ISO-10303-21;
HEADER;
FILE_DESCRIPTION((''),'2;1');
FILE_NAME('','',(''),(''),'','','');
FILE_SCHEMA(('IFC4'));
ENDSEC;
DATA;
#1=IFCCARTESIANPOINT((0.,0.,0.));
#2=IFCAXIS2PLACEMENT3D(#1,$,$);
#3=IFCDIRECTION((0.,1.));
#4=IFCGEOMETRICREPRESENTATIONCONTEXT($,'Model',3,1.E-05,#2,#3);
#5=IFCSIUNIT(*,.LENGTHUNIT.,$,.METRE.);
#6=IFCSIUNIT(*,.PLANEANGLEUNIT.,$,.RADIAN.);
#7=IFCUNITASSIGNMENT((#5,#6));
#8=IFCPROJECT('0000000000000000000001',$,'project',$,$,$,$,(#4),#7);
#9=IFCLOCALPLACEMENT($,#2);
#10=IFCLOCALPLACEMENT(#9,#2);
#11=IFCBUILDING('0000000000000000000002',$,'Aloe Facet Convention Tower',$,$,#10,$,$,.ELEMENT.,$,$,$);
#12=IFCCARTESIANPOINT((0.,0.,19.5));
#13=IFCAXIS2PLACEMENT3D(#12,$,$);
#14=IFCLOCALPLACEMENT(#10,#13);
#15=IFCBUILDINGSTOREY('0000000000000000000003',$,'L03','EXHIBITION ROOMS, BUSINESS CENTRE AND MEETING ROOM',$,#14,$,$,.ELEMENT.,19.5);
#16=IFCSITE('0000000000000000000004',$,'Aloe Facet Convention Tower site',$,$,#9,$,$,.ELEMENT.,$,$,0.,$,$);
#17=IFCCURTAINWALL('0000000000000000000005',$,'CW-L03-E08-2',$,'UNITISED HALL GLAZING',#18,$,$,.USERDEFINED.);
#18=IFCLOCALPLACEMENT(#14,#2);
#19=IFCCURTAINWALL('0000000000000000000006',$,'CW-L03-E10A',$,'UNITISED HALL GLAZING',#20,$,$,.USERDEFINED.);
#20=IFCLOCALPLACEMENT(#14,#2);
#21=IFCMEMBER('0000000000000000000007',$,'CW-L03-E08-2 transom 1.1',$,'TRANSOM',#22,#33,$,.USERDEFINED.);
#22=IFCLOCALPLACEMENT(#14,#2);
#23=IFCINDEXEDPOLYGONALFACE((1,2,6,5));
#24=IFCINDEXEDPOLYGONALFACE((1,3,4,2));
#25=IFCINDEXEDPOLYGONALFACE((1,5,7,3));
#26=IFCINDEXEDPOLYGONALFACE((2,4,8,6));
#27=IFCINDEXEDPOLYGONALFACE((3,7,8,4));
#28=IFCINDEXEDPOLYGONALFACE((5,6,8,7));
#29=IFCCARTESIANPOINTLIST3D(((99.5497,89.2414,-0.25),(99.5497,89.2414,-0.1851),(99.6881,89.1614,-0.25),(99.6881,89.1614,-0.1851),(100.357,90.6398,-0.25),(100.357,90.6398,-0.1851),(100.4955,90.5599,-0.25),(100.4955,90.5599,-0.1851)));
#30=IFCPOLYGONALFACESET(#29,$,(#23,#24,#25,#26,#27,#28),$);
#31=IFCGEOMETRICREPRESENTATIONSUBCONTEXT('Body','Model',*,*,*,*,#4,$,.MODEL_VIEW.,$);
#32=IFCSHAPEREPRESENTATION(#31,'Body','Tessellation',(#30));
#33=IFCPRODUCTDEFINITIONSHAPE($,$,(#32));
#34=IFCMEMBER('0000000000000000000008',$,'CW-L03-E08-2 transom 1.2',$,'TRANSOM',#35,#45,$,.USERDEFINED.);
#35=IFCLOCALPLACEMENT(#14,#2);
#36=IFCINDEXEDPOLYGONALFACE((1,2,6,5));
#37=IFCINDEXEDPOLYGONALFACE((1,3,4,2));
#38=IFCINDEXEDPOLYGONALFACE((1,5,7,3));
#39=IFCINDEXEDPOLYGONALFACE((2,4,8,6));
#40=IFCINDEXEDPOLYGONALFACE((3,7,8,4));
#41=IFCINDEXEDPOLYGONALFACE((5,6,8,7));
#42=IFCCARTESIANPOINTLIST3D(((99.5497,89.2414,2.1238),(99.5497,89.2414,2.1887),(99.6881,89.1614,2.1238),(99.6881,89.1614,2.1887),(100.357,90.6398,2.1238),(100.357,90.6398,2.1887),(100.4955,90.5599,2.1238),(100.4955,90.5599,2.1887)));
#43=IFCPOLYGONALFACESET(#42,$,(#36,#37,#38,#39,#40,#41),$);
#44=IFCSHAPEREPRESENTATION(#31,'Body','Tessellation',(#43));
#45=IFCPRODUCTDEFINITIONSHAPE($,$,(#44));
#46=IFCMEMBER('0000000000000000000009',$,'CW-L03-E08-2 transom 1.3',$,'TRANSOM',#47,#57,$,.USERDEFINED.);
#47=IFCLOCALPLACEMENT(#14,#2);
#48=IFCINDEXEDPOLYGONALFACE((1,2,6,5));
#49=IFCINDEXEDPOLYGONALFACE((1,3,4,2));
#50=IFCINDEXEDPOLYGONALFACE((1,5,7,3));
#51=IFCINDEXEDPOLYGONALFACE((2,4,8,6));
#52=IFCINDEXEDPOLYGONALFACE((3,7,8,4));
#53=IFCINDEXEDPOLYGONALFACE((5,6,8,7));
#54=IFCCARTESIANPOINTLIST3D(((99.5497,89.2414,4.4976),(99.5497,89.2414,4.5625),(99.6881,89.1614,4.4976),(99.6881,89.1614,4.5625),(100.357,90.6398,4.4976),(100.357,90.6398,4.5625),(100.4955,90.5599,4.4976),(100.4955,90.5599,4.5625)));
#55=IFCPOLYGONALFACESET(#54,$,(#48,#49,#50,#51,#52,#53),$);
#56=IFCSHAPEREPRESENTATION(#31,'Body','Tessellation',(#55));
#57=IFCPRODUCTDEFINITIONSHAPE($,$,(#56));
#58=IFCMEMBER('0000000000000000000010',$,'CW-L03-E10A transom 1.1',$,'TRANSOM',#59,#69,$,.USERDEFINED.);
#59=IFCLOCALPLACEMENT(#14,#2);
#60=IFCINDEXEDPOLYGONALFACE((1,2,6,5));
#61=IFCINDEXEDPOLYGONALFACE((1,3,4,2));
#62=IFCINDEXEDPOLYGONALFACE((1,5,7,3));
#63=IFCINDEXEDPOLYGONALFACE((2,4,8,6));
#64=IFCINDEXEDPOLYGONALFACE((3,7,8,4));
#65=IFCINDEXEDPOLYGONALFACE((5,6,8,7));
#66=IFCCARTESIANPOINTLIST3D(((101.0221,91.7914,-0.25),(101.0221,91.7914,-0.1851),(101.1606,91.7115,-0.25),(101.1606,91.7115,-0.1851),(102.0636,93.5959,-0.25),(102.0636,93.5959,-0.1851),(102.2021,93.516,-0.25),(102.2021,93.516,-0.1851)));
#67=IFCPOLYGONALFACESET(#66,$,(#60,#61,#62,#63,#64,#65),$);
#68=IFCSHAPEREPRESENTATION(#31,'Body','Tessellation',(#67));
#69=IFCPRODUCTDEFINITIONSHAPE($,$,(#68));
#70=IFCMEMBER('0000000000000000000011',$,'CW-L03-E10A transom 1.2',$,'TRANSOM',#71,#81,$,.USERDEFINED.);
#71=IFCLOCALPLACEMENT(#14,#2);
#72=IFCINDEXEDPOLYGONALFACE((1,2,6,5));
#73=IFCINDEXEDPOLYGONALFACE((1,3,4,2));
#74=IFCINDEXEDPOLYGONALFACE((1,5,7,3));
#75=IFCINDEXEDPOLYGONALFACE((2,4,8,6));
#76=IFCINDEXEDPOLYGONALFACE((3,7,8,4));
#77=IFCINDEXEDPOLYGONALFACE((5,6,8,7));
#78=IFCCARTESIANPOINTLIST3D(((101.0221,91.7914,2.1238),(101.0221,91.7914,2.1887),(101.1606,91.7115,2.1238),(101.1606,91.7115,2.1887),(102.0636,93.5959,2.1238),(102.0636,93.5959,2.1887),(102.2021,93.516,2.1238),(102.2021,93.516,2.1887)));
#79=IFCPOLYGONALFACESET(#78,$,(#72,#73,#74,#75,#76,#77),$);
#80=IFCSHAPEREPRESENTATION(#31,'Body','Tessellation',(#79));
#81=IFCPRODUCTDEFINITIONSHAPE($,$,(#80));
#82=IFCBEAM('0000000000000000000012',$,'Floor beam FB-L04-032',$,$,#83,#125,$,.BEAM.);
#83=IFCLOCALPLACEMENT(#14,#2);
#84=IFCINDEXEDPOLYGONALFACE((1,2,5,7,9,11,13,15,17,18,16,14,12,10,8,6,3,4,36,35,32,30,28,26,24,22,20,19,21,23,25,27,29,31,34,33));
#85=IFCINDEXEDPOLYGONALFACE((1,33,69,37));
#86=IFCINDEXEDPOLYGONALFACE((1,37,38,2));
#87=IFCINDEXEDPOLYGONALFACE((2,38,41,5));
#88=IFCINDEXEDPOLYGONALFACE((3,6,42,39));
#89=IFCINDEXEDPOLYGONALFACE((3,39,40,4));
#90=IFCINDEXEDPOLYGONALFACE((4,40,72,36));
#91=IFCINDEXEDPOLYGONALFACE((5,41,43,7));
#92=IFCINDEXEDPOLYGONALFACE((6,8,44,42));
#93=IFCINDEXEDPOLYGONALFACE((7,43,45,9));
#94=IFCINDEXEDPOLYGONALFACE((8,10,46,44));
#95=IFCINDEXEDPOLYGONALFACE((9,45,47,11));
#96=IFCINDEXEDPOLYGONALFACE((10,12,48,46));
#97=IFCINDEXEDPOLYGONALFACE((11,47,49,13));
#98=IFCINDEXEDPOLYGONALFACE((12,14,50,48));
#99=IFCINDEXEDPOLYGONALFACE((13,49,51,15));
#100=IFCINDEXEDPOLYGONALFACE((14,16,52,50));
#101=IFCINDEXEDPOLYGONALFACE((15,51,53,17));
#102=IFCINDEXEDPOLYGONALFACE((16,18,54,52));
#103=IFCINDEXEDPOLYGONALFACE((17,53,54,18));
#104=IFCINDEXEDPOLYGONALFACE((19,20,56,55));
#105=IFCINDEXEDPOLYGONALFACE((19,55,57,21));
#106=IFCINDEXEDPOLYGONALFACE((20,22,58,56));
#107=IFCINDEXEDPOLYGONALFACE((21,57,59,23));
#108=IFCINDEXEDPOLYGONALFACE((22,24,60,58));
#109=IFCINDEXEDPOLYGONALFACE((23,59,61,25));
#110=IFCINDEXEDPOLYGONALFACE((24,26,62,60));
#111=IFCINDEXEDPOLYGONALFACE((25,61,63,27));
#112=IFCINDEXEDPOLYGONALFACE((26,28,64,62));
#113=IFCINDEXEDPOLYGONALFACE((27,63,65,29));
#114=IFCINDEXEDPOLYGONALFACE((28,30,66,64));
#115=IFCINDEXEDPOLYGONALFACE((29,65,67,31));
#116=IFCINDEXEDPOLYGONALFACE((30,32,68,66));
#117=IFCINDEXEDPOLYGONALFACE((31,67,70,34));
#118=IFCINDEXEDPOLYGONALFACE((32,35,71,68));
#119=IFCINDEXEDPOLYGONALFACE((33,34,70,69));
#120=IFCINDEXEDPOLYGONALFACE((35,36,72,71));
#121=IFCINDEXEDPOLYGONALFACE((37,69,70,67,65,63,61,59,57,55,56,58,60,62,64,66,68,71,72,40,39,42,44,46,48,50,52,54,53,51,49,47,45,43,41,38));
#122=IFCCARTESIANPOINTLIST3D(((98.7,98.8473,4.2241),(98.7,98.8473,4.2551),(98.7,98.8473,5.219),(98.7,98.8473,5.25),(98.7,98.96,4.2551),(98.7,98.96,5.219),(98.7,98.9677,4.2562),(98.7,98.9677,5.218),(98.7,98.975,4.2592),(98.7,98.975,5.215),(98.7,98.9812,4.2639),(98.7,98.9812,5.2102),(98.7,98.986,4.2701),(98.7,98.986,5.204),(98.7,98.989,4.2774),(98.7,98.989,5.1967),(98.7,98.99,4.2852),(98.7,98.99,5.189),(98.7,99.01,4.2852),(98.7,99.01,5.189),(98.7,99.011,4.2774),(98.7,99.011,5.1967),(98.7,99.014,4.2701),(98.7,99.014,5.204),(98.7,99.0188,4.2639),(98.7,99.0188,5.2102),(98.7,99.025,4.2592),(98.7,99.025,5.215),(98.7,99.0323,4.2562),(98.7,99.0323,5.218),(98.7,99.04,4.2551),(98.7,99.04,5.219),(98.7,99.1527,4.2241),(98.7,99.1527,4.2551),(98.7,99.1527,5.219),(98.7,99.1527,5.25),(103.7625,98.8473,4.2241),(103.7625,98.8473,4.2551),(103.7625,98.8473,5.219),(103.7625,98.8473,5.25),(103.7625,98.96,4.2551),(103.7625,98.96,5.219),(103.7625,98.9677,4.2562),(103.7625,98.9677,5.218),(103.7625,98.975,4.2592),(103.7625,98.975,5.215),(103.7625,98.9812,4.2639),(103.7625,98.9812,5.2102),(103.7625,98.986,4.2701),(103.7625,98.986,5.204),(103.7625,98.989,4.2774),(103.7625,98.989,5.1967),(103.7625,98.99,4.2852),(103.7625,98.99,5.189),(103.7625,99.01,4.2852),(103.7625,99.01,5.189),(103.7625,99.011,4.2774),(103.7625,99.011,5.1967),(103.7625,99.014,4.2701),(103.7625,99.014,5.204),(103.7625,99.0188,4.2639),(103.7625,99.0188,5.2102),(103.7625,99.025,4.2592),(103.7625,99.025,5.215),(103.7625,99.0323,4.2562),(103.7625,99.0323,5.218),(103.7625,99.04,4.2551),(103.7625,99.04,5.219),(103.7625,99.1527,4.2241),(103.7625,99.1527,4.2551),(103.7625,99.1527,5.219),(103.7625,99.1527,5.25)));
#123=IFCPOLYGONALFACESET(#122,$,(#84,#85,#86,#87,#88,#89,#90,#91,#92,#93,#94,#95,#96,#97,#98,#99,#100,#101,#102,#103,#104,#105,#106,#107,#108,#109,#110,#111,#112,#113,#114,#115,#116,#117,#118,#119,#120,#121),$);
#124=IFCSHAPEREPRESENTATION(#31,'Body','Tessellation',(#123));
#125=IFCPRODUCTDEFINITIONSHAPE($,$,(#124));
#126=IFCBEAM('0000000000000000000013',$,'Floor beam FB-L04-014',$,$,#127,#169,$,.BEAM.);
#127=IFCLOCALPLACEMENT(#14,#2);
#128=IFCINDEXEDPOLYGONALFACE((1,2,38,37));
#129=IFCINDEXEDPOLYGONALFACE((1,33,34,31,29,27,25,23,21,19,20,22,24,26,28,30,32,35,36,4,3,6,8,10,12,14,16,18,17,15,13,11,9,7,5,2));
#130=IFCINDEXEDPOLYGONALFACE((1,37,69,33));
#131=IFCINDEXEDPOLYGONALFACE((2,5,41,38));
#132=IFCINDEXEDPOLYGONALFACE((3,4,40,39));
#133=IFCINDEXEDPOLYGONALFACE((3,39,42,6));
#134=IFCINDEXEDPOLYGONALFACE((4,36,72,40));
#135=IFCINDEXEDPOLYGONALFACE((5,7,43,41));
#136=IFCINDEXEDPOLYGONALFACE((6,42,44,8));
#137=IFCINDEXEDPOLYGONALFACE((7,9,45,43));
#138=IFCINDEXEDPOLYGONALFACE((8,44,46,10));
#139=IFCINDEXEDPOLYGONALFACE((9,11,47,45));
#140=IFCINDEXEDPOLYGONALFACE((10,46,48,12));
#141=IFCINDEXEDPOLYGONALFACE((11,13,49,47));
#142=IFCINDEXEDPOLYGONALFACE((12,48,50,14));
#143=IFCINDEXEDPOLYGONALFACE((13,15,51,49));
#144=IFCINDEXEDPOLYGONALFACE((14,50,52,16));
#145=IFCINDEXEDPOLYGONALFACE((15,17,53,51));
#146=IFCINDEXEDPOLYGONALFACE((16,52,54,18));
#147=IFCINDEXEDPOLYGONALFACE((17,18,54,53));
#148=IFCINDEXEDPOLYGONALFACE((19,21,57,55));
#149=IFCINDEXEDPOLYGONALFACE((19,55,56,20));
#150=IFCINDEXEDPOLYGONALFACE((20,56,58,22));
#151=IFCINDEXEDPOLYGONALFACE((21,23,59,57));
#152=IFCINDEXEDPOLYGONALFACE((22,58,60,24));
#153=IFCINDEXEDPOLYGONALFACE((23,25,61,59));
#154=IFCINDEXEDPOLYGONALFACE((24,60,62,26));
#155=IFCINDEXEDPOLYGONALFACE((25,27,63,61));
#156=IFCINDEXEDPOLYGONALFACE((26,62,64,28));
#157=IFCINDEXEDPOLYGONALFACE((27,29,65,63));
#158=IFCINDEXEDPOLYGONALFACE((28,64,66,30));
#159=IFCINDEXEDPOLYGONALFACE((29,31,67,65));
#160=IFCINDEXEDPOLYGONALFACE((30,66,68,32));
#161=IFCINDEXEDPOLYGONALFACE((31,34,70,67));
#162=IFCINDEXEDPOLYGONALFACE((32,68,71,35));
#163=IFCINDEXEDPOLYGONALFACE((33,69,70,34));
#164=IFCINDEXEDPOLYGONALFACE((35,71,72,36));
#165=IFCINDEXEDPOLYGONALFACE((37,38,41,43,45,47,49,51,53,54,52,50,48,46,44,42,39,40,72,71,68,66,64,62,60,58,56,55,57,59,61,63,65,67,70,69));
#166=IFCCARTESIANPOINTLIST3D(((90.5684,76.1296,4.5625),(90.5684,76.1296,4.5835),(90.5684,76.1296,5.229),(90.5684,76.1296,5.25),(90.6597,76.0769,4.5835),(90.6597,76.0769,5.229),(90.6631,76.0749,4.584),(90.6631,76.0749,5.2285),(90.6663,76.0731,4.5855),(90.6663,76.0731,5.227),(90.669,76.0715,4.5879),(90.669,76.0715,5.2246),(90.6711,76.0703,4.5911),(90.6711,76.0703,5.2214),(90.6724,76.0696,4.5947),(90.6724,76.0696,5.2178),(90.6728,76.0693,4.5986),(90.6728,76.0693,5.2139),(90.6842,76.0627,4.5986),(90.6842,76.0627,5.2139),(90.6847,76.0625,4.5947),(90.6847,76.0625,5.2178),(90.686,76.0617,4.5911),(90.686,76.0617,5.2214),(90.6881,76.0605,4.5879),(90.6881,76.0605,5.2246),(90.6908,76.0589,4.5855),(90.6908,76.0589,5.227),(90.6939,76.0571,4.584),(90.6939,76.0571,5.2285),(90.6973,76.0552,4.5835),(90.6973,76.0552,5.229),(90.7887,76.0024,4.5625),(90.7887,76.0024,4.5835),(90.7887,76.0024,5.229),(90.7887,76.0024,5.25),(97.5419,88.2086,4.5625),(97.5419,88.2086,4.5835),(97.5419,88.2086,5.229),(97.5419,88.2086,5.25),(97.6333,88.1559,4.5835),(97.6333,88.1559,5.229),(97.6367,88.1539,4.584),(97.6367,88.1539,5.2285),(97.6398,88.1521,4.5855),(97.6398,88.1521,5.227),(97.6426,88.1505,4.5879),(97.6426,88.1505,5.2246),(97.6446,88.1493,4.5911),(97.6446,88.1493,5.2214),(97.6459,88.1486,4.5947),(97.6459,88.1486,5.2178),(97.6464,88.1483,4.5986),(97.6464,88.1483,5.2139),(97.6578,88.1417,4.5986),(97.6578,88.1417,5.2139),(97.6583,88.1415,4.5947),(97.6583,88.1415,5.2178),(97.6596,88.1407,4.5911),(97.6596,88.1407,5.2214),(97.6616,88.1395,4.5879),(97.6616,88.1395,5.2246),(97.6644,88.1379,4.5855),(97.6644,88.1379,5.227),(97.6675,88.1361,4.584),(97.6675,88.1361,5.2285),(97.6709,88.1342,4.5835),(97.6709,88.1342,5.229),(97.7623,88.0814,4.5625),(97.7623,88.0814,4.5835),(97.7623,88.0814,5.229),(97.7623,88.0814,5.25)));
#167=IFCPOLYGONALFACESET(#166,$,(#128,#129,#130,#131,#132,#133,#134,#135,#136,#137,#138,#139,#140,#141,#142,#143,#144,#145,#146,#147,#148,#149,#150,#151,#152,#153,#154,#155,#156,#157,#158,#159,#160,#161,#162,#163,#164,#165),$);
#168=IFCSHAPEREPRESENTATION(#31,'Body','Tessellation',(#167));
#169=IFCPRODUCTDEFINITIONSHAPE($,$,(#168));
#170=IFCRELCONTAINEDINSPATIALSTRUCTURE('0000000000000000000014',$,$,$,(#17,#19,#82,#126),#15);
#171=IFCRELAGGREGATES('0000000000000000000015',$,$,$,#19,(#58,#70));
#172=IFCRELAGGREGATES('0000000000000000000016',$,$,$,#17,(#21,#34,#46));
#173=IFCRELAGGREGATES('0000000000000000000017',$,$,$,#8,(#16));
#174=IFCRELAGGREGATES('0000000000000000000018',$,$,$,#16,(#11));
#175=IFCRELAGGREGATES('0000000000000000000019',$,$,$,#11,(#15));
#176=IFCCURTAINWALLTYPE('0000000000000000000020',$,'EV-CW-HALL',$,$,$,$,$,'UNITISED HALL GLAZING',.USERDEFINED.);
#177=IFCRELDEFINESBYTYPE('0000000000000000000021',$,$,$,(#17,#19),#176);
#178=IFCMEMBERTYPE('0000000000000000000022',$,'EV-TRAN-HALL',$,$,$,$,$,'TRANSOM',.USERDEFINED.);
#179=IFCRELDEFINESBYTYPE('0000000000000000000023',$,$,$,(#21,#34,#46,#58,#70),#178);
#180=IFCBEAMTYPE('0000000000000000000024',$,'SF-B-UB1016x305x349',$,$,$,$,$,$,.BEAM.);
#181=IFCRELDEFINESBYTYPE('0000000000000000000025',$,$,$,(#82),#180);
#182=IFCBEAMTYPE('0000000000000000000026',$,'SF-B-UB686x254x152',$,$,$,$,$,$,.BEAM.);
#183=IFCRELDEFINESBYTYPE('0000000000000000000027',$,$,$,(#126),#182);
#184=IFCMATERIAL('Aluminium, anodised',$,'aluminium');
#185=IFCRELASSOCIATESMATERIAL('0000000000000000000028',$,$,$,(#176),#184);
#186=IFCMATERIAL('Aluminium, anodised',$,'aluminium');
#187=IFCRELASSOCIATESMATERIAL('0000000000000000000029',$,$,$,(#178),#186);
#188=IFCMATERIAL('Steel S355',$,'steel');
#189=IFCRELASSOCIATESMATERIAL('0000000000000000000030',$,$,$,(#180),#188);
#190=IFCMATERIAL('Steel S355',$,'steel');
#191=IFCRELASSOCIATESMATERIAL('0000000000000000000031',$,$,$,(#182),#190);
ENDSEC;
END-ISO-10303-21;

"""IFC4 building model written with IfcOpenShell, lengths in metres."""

from ifc_helpers import new_model, si_unit, direction, frame, origin, origin_2d, place, context, subcontext, project, spatial, rectangle, i_section, extrude, material, material_profile, profile_set, type_object, element, aggregate, save


model = new_model("IFC4")

# Units and contexts
model_context = context("Model", 3, precision=1e-05, world=origin(), true_north=direction((0.0, 1.0)))
body_context = subcontext(model_context, "Body", "Model", "MODEL_VIEW")
ifc_project = project(units=[si_unit("LENGTHUNIT", "METRE"), si_unit("PLANEANGLEUNIT", "RADIAN")], contexts=[model_context])

# Site, building, storey
site_placement = place(None, origin())
site = spatial("IfcSite", under=ifc_project, at=site_placement, Name="Aloe Facet Convention Tower site", CompositionType="ELEMENT", RefElevation=0.0)
building_placement = place(site_placement, origin())
building = spatial("IfcBuilding", under=site, at=building_placement, Name="Aloe Facet Convention Tower", CompositionType="ELEMENT")
storey_placement = place(building_placement, frame((0.0, 0.0, 19.5)))
storey = spatial("IfcBuildingStorey", under=building, at=storey_placement, Name="L03", Description="EXHIBITION ROOMS, BUSINESS CENTRE AND MEETING ROOM", CompositionType="ELEMENT", Elevation=19.5)

# Shared definitions
ifc_material_1 = material(Name="Aluminium, anodised", Category="aluminium")
curtain_wall_type = type_object("IfcCurtainWallType", Name="EV-CW-HALL", ElementType="UNITISED HALL GLAZING", PredefinedType="USERDEFINED", material=ifc_material_1)

# Curtain wall
curtain_wall_1_placement = place(storey_placement, origin())
curtain_wall_1 = element("IfcCurtainWall", 1, at=curtain_wall_1_placement, inside=storey, type_object=curtain_wall_type, Name="CW-L03-E08-2", ObjectType="UNITISED HALL GLAZING", PredefinedType="USERDEFINED")

# Curtain wall
curtain_wall_2_placement = place(storey_placement, origin())
curtain_wall_2 = element("IfcCurtainWall", 2, at=curtain_wall_2_placement, inside=storey, type_object=curtain_wall_type, Name="CW-L03-E10A", ObjectType="UNITISED HALL GLAZING", PredefinedType="USERDEFINED")

# Members
ifc_material_2 = material(Name="Aluminium, anodised", Category="aluminium")
ifc_material_profile_1 = material_profile(ifc_material_2, rectangle(XDim=0.1599, YDim=0.0649, at=origin_2d()), Name="AL 160x65")
ifc_profile_set_1 = profile_set([ifc_material_profile_1], Name="Aluminium, anodised")
member_type_1 = type_object("IfcMemberType", Name="EV-TRAN-HALL", ElementType="TRANSOM", PredefinedType="USERDEFINED", material=ifc_profile_set_1)
member_1_placement = place(storey_placement, frame((99.6189, 89.2014, -0.2175), z_axis=(0.499993, 0.866029, 0.0), x_axis=(-0.866029, 0.499993, 0.0)))
member_1 = element("IfcMember", 3, at=member_1_placement, type_object=member_type_1, Name="CW-L03-E08-2 transom 1.1", ObjectType="TRANSOM", PredefinedType="USERDEFINED", context=body_context, shape_type="SweptSolid", body=[
    extrude(rectangle(XDim=0.1599, YDim=0.0649, at=origin_2d()), origin(), (0.0, 0.0, 1.0), 1.6147),
])
member_2_placement = place(storey_placement, frame((99.6189, 89.2014, 2.1562), z_axis=(0.499993, 0.866029, 0.0), x_axis=(-0.866029, 0.499993, 0.0)))
member_2 = element("IfcMember", 4, at=member_2_placement, type_object=member_type_1, Name="CW-L03-E08-2 transom 1.2", ObjectType="TRANSOM", PredefinedType="USERDEFINED", context=body_context, shape_type="SweptSolid", body=[
    extrude(rectangle(XDim=0.1599, YDim=0.0649, at=origin_2d()), origin(), (0.0, 0.0, 1.0), 1.6147),
])
member_3_placement = place(storey_placement, frame((99.6189, 89.2014, 4.53), z_axis=(0.499993, 0.866029, 0.0), x_axis=(-0.866029, 0.499993, 0.0)))
member_3 = element("IfcMember", 5, at=member_3_placement, type_object=member_type_1, Name="CW-L03-E08-2 transom 1.3", ObjectType="TRANSOM", PredefinedType="USERDEFINED", context=body_context, shape_type="SweptSolid", body=[
    extrude(rectangle(XDim=0.1599, YDim=0.0649, at=origin_2d()), origin(), (0.0, 0.0, 1.0), 1.6147),
])
member_4_placement = place(storey_placement, frame((101.0913, 91.7515, -0.2175), z_axis=(0.499895, 0.866086, 0.0), x_axis=(-0.866086, 0.499895, 0.0)))
member_4 = element("IfcMember", 6, at=member_4_placement, type_object=member_type_1, Name="CW-L03-E10A transom 1.1", ObjectType="TRANSOM", PredefinedType="USERDEFINED", context=body_context, shape_type="SweptSolid", body=[
    extrude(rectangle(XDim=0.1599, YDim=0.0649, at=origin_2d()), origin(), (0.0, 0.0, 1.0), 2.0835),
])
member_5_placement = place(storey_placement, frame((101.0913, 91.7515, 2.1562), z_axis=(0.499895, 0.866086, 0.0), x_axis=(-0.866086, 0.499895, 0.0)))
member_5 = element("IfcMember", 7, at=member_5_placement, type_object=member_type_1, Name="CW-L03-E10A transom 1.2", ObjectType="TRANSOM", PredefinedType="USERDEFINED", context=body_context, shape_type="SweptSolid", body=[
    extrude(rectangle(XDim=0.1599, YDim=0.0649, at=origin_2d()), origin(), (0.0, 0.0, 1.0), 2.0835),
])
aggregate(curtain_wall_2, [member_4, member_5])

# Beams
ifc_material_3 = material(Name="Steel S355", Category="steel")
ifc_material_profile_2 = material_profile(ifc_material_3, i_section(OverallWidth=0.3054, OverallDepth=1.0259, WebThickness=0.02, FlangeThickness=0.031, FilletRadius=0.03, at=origin_2d()), Name="UB 1016x305x349")
ifc_profile_set_2 = profile_set([ifc_material_profile_2], Name="Steel S355")
beam_type_1 = type_object("IfcBeamType", Name="SF-B-UB1016x305x349", PredefinedType="BEAM", material=ifc_profile_set_2)
beam_1_placement = place(storey_placement, frame((98.7, 99.0, 4.7371), z_axis=(1.0, 0.0, 0.0), x_axis=(0.0, 1.0, 0.0)))
element("IfcBeam", 8, at=beam_1_placement, inside=storey, type_object=beam_type_1, Name="Floor beam FB-L04-032", PredefinedType="BEAM", context=body_context, shape_type="SweptSolid", body=[
    extrude(i_section(OverallWidth=0.3054, OverallDepth=1.0259, WebThickness=0.02, FlangeThickness=0.031, FilletRadius=0.03, at=origin_2d()), origin(), (0.0, 0.0, 1.0), 5.0625),
])
ifc_material_4 = material(Name="Steel S355", Category="steel")
ifc_material_profile_3 = material_profile(ifc_material_4, i_section(OverallWidth=0.2544, OverallDepth=0.6875, WebThickness=0.0132, FlangeThickness=0.021, FilletRadius=0.0151, at=origin_2d()), Name="UB 686x254x152")
ifc_profile_set_3 = profile_set([ifc_material_profile_3], Name="Steel S355")
beam_type_2 = type_object("IfcBeamType", Name="SF-B-UB686x254x152", PredefinedType="BEAM", material=ifc_profile_set_3)
beam_2_placement = place(storey_placement, frame((97.6521, 88.145, 4.9062), z_axis=(-0.499987, -0.866033, 0.0), x_axis=(0.866033, -0.499987, 0.0)))
element("IfcBeam", 9, at=beam_2_placement, inside=storey, type_object=beam_type_2, Name="Floor beam FB-L04-014", PredefinedType="BEAM", context=body_context, shape_type="SweptSolid", body=[
    extrude(i_section(OverallWidth=0.2544, OverallDepth=0.6875, WebThickness=0.0132, FlangeThickness=0.021, FilletRadius=0.0151, at=origin_2d()), origin(), (0.0, 0.0, 1.0), 13.9475),
])

aggregate(curtain_wall_1, [member_1, member_2, member_3])

save(model, "model.ifc")
